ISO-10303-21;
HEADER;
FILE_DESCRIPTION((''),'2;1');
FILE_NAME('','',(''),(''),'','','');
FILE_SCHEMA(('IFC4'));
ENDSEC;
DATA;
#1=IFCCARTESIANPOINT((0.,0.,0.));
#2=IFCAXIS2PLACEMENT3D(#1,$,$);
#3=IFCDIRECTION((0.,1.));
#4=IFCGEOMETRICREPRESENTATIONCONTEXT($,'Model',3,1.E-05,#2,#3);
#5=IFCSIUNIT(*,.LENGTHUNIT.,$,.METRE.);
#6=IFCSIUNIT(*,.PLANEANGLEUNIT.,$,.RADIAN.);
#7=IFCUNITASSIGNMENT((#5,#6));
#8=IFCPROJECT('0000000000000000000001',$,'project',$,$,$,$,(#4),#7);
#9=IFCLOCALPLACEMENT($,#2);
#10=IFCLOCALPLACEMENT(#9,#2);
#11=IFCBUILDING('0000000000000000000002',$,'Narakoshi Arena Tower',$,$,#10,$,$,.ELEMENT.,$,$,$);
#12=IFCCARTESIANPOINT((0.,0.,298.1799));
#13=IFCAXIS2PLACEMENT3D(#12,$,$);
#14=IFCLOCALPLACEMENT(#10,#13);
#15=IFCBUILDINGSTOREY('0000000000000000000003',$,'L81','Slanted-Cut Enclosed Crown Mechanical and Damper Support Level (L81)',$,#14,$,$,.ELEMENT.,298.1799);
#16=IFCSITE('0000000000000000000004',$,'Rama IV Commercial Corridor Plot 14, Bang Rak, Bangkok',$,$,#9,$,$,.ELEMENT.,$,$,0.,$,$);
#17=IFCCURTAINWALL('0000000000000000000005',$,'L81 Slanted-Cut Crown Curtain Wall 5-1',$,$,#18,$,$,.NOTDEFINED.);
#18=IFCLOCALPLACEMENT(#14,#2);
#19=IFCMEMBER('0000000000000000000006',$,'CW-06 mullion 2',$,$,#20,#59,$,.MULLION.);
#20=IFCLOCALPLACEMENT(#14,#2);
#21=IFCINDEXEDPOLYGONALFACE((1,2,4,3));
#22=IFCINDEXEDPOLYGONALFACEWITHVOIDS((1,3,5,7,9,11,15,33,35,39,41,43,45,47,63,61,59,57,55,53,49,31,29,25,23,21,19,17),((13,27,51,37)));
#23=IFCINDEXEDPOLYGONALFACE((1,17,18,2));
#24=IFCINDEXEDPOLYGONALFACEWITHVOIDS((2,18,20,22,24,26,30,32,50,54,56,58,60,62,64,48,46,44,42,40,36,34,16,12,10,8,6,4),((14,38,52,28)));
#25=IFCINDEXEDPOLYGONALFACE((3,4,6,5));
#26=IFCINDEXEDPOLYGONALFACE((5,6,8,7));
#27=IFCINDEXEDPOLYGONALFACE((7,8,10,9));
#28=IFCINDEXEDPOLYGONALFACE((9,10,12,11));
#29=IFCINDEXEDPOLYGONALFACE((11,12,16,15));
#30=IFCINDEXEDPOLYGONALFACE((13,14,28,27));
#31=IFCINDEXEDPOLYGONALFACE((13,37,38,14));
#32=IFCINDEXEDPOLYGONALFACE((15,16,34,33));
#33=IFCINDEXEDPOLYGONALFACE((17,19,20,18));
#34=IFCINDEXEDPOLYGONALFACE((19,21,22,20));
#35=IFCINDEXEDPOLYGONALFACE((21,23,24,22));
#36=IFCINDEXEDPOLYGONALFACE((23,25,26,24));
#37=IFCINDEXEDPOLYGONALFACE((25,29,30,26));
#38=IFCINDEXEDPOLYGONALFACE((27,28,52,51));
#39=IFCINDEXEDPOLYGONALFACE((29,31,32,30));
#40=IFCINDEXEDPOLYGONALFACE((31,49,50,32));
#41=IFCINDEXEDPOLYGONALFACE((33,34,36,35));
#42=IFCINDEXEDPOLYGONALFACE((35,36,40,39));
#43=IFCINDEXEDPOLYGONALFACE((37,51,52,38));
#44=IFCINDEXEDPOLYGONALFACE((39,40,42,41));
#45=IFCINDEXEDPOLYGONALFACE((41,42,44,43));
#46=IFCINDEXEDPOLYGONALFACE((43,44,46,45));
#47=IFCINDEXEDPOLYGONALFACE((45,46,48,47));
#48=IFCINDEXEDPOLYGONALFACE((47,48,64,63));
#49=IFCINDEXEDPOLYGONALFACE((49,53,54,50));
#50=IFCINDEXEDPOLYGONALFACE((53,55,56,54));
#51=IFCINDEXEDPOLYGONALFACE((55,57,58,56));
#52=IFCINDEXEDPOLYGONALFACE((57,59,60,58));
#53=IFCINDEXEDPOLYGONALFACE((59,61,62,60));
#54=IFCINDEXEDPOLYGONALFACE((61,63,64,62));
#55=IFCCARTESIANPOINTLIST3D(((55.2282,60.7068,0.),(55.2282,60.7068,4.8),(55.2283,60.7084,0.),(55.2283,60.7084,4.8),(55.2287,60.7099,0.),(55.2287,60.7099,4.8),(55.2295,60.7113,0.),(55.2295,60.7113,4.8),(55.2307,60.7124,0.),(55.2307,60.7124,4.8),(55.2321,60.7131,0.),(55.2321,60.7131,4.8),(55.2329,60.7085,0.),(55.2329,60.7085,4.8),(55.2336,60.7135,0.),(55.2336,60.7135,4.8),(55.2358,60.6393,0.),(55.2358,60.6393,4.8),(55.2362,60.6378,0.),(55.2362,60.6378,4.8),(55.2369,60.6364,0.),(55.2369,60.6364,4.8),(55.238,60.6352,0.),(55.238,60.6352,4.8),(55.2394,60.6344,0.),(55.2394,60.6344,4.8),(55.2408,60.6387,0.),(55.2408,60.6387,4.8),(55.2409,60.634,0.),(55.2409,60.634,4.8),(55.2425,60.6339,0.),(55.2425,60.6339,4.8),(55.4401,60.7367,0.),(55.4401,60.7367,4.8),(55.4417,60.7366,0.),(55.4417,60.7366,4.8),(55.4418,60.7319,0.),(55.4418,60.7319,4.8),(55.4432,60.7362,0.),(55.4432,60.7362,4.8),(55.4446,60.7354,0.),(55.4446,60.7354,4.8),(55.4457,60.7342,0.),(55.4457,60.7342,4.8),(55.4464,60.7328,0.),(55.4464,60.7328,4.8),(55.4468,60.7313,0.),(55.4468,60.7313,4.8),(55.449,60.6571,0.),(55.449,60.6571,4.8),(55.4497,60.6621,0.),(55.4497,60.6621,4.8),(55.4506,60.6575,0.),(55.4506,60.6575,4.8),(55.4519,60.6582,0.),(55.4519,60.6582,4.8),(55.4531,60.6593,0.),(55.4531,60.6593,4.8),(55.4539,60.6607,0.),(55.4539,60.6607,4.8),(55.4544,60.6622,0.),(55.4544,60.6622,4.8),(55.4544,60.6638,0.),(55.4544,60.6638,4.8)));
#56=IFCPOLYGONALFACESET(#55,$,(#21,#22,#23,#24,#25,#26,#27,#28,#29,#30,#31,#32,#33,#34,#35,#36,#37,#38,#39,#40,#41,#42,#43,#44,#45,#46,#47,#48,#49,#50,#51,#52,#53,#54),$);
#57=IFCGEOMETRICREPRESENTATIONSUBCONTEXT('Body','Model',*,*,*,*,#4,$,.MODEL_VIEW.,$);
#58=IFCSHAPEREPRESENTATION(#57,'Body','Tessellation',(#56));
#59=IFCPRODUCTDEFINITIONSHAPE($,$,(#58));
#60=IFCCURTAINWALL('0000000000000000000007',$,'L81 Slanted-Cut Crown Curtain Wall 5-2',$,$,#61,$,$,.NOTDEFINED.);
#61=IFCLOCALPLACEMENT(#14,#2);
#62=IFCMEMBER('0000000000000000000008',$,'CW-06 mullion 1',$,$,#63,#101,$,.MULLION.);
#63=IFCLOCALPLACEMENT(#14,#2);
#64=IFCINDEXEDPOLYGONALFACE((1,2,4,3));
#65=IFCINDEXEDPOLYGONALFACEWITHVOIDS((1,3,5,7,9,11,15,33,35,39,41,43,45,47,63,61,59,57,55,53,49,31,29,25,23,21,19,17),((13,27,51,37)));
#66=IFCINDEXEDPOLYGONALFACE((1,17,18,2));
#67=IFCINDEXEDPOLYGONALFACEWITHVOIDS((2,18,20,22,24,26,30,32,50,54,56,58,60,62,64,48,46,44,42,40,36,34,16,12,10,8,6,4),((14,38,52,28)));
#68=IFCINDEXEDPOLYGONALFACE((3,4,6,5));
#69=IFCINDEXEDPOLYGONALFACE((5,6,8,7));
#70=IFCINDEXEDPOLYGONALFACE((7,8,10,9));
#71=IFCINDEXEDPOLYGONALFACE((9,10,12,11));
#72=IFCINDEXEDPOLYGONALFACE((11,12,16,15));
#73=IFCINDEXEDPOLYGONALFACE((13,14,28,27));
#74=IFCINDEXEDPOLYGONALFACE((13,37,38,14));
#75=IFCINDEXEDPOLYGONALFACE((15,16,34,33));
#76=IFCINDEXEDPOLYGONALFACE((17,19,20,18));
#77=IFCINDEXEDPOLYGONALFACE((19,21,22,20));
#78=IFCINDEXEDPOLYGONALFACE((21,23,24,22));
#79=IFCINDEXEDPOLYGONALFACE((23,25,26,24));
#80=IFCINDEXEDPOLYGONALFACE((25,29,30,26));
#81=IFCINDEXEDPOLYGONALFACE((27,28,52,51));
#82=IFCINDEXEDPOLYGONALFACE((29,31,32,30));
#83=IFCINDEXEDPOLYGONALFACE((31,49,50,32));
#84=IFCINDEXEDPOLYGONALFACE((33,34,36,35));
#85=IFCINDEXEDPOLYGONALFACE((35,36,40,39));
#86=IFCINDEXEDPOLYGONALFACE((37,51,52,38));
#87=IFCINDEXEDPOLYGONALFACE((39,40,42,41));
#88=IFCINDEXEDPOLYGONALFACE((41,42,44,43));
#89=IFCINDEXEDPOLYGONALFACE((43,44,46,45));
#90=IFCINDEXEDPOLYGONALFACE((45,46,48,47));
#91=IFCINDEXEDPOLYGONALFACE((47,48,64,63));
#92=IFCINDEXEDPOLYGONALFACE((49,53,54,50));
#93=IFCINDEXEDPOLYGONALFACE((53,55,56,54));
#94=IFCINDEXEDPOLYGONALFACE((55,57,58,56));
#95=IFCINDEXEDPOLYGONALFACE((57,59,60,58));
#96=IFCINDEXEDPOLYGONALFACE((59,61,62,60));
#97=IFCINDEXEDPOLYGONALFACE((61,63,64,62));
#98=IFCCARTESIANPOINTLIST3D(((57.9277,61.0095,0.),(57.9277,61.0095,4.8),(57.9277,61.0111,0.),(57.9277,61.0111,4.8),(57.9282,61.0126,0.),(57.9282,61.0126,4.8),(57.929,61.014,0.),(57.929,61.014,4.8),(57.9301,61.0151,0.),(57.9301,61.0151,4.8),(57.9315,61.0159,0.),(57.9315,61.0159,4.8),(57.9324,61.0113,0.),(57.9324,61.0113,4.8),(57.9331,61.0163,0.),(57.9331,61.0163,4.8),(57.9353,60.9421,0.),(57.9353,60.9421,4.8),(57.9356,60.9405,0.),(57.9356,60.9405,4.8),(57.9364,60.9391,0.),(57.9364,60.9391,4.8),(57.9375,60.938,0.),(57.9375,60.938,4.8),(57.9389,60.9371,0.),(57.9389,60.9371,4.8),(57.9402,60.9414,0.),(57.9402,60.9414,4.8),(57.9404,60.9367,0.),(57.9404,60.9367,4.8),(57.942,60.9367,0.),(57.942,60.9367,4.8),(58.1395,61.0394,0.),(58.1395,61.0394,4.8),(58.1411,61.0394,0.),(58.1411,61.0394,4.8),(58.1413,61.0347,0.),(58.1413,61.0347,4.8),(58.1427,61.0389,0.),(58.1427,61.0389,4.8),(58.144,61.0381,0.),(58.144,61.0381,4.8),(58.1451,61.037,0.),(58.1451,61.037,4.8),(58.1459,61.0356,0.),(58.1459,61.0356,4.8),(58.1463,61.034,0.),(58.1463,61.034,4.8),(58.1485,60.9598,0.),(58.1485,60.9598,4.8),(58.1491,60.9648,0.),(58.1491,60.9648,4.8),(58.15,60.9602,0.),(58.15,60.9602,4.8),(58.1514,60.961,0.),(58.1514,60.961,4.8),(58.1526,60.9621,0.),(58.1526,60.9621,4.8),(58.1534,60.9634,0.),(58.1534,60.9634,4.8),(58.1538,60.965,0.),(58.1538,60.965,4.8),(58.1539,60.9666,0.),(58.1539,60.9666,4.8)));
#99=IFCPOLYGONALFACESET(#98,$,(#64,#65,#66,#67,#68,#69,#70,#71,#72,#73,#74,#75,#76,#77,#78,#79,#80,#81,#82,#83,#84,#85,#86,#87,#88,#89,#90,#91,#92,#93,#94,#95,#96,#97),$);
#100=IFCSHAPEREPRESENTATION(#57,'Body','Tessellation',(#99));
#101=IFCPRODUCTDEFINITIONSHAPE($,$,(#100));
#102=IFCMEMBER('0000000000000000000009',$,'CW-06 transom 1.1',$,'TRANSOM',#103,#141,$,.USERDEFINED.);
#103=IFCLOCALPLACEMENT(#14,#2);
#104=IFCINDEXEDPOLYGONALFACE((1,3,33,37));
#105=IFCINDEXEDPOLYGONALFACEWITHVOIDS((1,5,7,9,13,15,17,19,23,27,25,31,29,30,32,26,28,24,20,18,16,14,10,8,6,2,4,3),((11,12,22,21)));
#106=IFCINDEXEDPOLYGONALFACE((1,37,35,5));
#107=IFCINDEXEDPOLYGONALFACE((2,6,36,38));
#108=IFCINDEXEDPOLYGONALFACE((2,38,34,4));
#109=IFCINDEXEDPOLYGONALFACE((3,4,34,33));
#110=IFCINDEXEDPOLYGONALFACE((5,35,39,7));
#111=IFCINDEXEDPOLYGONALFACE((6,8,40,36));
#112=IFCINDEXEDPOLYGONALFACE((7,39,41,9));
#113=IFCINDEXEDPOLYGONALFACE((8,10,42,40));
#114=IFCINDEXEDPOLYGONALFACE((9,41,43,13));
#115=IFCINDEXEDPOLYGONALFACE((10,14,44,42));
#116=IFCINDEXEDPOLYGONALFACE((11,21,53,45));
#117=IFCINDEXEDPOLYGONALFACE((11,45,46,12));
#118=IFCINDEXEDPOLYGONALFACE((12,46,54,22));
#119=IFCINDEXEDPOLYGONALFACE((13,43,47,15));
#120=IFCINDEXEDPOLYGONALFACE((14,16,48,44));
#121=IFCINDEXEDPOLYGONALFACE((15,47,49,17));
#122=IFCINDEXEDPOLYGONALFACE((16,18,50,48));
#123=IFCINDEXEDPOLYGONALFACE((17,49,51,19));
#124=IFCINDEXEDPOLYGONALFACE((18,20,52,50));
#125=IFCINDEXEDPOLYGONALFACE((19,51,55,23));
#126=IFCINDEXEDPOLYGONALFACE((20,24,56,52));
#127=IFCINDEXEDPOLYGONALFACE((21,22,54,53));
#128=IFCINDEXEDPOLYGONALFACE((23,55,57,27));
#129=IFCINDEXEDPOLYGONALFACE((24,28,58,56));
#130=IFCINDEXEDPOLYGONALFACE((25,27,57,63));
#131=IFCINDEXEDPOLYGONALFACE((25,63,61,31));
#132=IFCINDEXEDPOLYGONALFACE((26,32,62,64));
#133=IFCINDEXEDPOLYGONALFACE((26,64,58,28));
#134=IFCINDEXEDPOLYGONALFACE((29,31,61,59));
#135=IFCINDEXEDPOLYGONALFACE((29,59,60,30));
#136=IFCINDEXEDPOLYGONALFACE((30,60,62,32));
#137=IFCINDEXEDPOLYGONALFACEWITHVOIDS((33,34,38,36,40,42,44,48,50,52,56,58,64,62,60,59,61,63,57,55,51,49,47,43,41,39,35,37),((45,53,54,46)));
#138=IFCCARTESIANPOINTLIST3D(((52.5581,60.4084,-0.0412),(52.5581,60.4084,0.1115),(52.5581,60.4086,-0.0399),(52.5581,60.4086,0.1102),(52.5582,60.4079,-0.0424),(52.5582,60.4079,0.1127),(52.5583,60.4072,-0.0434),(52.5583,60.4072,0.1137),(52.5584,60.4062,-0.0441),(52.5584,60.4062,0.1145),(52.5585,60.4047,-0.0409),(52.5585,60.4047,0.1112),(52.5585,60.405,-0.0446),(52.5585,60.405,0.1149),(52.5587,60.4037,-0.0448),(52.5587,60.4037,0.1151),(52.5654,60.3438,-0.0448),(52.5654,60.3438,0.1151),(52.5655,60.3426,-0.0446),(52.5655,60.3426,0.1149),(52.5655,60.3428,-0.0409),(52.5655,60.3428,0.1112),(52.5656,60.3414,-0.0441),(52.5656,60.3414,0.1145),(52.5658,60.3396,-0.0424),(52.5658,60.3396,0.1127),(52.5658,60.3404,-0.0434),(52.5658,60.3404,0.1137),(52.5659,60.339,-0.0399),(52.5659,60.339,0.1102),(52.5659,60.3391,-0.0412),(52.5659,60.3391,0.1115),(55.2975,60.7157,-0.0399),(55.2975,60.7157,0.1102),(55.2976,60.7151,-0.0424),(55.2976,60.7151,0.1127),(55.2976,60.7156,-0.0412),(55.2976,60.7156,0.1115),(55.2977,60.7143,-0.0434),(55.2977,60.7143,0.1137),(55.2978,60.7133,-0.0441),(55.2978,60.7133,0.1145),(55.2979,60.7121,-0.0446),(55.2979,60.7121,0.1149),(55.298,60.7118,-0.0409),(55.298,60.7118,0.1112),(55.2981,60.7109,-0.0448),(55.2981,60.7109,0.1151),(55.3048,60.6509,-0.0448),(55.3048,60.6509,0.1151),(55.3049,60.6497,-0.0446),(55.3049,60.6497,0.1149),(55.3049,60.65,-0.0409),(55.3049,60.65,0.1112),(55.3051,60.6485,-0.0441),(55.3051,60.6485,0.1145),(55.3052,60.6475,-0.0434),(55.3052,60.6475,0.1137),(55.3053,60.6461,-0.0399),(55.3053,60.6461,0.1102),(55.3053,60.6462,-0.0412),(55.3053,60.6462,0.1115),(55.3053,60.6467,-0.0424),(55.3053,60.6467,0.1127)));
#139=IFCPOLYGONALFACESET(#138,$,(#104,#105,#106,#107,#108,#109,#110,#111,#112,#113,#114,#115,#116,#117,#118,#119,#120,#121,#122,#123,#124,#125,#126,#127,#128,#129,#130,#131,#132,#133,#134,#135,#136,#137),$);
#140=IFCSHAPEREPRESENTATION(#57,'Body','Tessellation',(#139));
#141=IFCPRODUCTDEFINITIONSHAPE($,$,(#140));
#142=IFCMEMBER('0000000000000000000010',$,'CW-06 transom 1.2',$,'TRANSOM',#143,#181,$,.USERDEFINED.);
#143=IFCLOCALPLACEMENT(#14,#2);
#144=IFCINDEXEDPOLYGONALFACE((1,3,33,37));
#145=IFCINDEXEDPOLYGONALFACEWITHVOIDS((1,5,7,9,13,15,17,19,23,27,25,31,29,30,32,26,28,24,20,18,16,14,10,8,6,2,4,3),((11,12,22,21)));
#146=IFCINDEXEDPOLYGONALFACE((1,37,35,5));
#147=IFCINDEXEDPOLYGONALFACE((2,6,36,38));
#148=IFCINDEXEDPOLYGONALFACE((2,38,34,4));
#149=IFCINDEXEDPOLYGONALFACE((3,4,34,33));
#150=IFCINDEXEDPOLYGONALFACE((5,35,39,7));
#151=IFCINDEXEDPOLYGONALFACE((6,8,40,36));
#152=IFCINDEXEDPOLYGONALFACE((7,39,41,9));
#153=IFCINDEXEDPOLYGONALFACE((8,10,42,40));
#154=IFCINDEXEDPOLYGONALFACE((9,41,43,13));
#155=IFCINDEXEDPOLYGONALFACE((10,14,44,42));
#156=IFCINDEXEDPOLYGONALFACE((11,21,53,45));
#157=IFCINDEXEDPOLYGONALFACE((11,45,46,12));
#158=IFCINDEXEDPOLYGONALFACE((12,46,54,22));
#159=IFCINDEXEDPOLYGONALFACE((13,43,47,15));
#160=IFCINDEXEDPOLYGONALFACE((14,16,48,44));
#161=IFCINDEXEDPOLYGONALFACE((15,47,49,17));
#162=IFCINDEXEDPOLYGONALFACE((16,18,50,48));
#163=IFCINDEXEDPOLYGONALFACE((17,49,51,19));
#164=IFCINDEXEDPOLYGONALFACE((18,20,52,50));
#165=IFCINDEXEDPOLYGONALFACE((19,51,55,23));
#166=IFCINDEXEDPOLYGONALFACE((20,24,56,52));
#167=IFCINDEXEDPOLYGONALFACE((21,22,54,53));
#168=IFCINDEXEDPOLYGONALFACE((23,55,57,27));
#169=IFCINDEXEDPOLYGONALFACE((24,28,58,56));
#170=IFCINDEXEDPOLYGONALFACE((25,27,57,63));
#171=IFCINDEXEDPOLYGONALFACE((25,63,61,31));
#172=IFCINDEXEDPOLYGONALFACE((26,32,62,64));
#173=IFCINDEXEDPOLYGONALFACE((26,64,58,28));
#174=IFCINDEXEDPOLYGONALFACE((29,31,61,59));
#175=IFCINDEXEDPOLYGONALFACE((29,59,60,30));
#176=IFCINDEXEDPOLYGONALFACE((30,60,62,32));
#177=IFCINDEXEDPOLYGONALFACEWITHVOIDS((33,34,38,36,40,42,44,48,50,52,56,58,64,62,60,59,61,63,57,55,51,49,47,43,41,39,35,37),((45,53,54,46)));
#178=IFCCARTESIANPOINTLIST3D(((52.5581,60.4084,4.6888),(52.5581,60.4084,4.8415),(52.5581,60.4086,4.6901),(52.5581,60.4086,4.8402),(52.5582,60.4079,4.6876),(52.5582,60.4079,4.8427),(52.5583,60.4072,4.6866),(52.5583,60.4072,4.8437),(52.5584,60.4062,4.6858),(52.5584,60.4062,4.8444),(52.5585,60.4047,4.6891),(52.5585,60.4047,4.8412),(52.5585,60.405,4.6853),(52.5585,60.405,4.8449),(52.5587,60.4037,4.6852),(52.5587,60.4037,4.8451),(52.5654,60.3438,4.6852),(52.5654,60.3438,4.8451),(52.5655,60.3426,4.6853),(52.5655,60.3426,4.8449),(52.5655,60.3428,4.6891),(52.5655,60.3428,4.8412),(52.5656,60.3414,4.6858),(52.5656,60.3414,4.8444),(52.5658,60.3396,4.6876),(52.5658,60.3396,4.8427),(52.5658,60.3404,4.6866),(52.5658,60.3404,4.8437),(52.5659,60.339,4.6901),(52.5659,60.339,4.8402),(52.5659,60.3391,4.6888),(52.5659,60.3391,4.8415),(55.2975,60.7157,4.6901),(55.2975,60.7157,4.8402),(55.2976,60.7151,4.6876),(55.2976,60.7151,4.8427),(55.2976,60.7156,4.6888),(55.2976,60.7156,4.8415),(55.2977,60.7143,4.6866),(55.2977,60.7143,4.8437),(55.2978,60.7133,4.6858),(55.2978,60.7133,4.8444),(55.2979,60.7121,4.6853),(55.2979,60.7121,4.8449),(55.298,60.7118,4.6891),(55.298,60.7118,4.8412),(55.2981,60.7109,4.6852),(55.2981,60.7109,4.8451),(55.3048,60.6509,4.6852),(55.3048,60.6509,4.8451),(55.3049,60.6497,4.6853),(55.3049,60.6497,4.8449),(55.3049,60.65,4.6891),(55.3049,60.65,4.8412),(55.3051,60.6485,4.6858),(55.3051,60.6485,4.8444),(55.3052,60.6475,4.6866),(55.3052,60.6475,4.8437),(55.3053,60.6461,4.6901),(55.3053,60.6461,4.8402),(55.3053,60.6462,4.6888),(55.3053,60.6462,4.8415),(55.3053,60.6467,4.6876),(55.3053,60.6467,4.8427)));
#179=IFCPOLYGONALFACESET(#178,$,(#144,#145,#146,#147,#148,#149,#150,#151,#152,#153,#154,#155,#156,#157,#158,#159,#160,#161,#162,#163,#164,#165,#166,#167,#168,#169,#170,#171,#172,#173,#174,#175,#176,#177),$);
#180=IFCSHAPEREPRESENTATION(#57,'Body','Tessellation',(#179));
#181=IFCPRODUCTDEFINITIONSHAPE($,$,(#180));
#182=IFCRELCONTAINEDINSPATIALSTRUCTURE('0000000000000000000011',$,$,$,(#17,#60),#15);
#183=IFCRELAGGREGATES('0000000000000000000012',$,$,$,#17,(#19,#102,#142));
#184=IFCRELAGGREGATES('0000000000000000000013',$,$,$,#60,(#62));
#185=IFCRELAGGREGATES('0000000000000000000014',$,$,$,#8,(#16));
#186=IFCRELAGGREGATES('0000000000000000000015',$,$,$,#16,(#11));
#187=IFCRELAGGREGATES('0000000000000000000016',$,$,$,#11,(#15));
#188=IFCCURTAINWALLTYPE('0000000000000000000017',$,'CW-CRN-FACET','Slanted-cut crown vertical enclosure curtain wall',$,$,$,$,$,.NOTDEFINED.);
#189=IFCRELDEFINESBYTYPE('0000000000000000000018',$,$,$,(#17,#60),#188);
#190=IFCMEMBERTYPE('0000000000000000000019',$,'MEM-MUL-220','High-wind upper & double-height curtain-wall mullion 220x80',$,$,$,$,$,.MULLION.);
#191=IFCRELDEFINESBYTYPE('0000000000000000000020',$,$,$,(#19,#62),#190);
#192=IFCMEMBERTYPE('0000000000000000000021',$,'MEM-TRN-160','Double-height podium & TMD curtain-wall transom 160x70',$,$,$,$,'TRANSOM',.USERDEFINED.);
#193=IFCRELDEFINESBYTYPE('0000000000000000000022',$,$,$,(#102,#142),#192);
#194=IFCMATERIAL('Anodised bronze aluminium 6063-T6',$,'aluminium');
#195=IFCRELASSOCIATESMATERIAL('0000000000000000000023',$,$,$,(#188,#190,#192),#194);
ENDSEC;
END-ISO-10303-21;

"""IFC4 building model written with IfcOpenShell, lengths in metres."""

from ifc_helpers import new_model, si_unit, direction, frame, origin, origin_2d, place, context, subcontext, project, spatial, hollow_rectangle, extrude, material, material_profile, profile_set, type_object, element, aggregate, save


model = new_model("IFC4")

# Units and contexts
model_context = context("Model", 3, precision=1e-05, world=origin(), true_north=direction((0.0, 1.0)))
body_context = subcontext(model_context, "Body", "Model", "MODEL_VIEW")
ifc_project = project(units=[si_unit("LENGTHUNIT", "METRE"), si_unit("PLANEANGLEUNIT", "RADIAN")], contexts=[model_context])

# Site, building, storey
site_placement = place(None, origin())
site = spatial("IfcSite", under=ifc_project, at=site_placement, Name="Rama IV Commercial Corridor Plot 14, Bang Rak, Bangkok", CompositionType="ELEMENT", RefElevation=0.0)
building_placement = place(site_placement, origin())
building = spatial("IfcBuilding", under=site, at=building_placement, Name="Narakoshi Arena Tower", CompositionType="ELEMENT")
storey_placement = place(building_placement, frame((0.0, 0.0, 298.1799)))
storey = spatial("IfcBuildingStorey", under=building, at=storey_placement, Name="L81", Description="Slanted-Cut Enclosed Crown Mechanical and Damper Support Level (L81)", CompositionType="ELEMENT", Elevation=298.1799)

# Curtain wall, member
ifc_material_1 = material(Name="Anodised bronze aluminium 6063-T6", Category="aluminium")
curtain_wall_type = type_object("IfcCurtainWallType", Name="CW-CRN-FACET", Description="Slanted-cut crown vertical enclosure curtain wall", PredefinedType="NOTDEFINED", material=ifc_material_1)
curtain_wall_1_placement = place(storey_placement, origin())
curtain_wall_1 = element("IfcCurtainWall", 1, at=curtain_wall_1_placement, inside=storey, type_object=curtain_wall_type, Name="L81 Slanted-Cut Crown Curtain Wall 5-1", PredefinedType="NOTDEFINED")
ifc_material_profile_1 = material_profile(ifc_material_1, hollow_rectangle(XDim=0.0801, YDim=0.22, WallThickness=0.0049, OuterFilletRadius=0.0061, at=origin_2d()), Name="MUL220x80x5")
ifc_profile_set_1 = profile_set([ifc_material_profile_1], Name="Anodised bronze aluminium 6063-T6")
member_type_1 = type_object("IfcMemberType", Name="MEM-MUL-220", Description="High-wind upper & double-height curtain-wall mullion 220x80", PredefinedType="MULLION", material=ifc_profile_set_1)
member_1_placement = place(storey_placement, frame((55.3413, 60.6853, 0.0), z_axis=(0.0, 0.0, 1.0), x_axis=(-0.111395, 0.993776, 0.0)))
member_1 = element("IfcMember", 2, at=member_1_placement, type_object=member_type_1, Name="CW-06 mullion 2", PredefinedType="MULLION", context=body_context, shape_type="SweptSolid", body=[
    extrude(hollow_rectangle(XDim=0.0801, YDim=0.22, WallThickness=0.0049, OuterFilletRadius=0.0061, at=origin_2d()), origin(), (0.0, 0.0, 1.0), 4.8),
])

# Curtain wall, member
curtain_wall_2_placement = place(storey_placement, origin())
curtain_wall_2 = element("IfcCurtainWall", 3, at=curtain_wall_2_placement, inside=storey, type_object=curtain_wall_type, Name="L81 Slanted-Cut Crown Curtain Wall 5-2", PredefinedType="NOTDEFINED")
member_2_placement = place(storey_placement, frame((58.0408, 60.988, 0.0), z_axis=(0.0, 0.0, 1.0), x_axis=(-0.111395, 0.993776, 0.0)))
member_2 = element("IfcMember", 4, at=member_2_placement, type_object=member_type_1, Name="CW-06 mullion 1", PredefinedType="MULLION", context=body_context, shape_type="SweptSolid", body=[
    extrude(hollow_rectangle(XDim=0.0801, YDim=0.22, WallThickness=0.0049, OuterFilletRadius=0.0061, at=origin_2d()), origin(), (0.0, 0.0, 1.0), 4.8),
])

# Members
ifc_material_profile_2 = material_profile(ifc_material_1, hollow_rectangle(XDim=0.0701, YDim=0.1599, WallThickness=0.0039, OuterFilletRadius=0.0049, at=origin_2d()), Name="TRN160x70x4")
ifc_profile_set_2 = profile_set([ifc_material_profile_2], Name="Anodised bronze aluminium 6063-T6")
member_type_2 = type_object("IfcMemberType", Name="MEM-TRN-160", Description="Double-height podium & TMD curtain-wall transom 160x70", ElementType="TRANSOM", PredefinedType="USERDEFINED", material=ifc_profile_set_2)
member_3_placement = place(storey_placement, frame((52.562, 60.3738, 0.0352), z_axis=(0.993774, 0.111413, 0.0), x_axis=(-0.111413, 0.993774, 0.0)))
member_3 = element("IfcMember", 5, at=member_3_placement, type_object=member_type_2, Name="CW-06 transom 1.1", ObjectType="TRANSOM", PredefinedType="USERDEFINED", context=body_context, shape_type="SweptSolid", body=[
    extrude(hollow_rectangle(XDim=0.0701, YDim=0.1599, WallThickness=0.0039, OuterFilletRadius=0.0049, at=origin_2d()), origin(), (0.0, 0.0, 1.0), 2.7566),
])
member_4_placement = place(storey_placement, frame((52.562, 60.3738, 4.7651), z_axis=(0.993774, 0.111413, 0.0), x_axis=(-0.111413, 0.993774, 0.0)))
member_4 = element("IfcMember", 6, at=member_4_placement, type_object=member_type_2, Name="CW-06 transom 1.2", ObjectType="TRANSOM", PredefinedType="USERDEFINED", context=body_context, shape_type="SweptSolid", body=[
    extrude(hollow_rectangle(XDim=0.0701, YDim=0.1599, WallThickness=0.0039, OuterFilletRadius=0.0049, at=origin_2d()), origin(), (0.0, 0.0, 1.0), 2.7566),
])

aggregate(curtain_wall_1, [member_1, member_3, member_4])
aggregate(curtain_wall_2, [member_2])

save(model, "model.ifc")
